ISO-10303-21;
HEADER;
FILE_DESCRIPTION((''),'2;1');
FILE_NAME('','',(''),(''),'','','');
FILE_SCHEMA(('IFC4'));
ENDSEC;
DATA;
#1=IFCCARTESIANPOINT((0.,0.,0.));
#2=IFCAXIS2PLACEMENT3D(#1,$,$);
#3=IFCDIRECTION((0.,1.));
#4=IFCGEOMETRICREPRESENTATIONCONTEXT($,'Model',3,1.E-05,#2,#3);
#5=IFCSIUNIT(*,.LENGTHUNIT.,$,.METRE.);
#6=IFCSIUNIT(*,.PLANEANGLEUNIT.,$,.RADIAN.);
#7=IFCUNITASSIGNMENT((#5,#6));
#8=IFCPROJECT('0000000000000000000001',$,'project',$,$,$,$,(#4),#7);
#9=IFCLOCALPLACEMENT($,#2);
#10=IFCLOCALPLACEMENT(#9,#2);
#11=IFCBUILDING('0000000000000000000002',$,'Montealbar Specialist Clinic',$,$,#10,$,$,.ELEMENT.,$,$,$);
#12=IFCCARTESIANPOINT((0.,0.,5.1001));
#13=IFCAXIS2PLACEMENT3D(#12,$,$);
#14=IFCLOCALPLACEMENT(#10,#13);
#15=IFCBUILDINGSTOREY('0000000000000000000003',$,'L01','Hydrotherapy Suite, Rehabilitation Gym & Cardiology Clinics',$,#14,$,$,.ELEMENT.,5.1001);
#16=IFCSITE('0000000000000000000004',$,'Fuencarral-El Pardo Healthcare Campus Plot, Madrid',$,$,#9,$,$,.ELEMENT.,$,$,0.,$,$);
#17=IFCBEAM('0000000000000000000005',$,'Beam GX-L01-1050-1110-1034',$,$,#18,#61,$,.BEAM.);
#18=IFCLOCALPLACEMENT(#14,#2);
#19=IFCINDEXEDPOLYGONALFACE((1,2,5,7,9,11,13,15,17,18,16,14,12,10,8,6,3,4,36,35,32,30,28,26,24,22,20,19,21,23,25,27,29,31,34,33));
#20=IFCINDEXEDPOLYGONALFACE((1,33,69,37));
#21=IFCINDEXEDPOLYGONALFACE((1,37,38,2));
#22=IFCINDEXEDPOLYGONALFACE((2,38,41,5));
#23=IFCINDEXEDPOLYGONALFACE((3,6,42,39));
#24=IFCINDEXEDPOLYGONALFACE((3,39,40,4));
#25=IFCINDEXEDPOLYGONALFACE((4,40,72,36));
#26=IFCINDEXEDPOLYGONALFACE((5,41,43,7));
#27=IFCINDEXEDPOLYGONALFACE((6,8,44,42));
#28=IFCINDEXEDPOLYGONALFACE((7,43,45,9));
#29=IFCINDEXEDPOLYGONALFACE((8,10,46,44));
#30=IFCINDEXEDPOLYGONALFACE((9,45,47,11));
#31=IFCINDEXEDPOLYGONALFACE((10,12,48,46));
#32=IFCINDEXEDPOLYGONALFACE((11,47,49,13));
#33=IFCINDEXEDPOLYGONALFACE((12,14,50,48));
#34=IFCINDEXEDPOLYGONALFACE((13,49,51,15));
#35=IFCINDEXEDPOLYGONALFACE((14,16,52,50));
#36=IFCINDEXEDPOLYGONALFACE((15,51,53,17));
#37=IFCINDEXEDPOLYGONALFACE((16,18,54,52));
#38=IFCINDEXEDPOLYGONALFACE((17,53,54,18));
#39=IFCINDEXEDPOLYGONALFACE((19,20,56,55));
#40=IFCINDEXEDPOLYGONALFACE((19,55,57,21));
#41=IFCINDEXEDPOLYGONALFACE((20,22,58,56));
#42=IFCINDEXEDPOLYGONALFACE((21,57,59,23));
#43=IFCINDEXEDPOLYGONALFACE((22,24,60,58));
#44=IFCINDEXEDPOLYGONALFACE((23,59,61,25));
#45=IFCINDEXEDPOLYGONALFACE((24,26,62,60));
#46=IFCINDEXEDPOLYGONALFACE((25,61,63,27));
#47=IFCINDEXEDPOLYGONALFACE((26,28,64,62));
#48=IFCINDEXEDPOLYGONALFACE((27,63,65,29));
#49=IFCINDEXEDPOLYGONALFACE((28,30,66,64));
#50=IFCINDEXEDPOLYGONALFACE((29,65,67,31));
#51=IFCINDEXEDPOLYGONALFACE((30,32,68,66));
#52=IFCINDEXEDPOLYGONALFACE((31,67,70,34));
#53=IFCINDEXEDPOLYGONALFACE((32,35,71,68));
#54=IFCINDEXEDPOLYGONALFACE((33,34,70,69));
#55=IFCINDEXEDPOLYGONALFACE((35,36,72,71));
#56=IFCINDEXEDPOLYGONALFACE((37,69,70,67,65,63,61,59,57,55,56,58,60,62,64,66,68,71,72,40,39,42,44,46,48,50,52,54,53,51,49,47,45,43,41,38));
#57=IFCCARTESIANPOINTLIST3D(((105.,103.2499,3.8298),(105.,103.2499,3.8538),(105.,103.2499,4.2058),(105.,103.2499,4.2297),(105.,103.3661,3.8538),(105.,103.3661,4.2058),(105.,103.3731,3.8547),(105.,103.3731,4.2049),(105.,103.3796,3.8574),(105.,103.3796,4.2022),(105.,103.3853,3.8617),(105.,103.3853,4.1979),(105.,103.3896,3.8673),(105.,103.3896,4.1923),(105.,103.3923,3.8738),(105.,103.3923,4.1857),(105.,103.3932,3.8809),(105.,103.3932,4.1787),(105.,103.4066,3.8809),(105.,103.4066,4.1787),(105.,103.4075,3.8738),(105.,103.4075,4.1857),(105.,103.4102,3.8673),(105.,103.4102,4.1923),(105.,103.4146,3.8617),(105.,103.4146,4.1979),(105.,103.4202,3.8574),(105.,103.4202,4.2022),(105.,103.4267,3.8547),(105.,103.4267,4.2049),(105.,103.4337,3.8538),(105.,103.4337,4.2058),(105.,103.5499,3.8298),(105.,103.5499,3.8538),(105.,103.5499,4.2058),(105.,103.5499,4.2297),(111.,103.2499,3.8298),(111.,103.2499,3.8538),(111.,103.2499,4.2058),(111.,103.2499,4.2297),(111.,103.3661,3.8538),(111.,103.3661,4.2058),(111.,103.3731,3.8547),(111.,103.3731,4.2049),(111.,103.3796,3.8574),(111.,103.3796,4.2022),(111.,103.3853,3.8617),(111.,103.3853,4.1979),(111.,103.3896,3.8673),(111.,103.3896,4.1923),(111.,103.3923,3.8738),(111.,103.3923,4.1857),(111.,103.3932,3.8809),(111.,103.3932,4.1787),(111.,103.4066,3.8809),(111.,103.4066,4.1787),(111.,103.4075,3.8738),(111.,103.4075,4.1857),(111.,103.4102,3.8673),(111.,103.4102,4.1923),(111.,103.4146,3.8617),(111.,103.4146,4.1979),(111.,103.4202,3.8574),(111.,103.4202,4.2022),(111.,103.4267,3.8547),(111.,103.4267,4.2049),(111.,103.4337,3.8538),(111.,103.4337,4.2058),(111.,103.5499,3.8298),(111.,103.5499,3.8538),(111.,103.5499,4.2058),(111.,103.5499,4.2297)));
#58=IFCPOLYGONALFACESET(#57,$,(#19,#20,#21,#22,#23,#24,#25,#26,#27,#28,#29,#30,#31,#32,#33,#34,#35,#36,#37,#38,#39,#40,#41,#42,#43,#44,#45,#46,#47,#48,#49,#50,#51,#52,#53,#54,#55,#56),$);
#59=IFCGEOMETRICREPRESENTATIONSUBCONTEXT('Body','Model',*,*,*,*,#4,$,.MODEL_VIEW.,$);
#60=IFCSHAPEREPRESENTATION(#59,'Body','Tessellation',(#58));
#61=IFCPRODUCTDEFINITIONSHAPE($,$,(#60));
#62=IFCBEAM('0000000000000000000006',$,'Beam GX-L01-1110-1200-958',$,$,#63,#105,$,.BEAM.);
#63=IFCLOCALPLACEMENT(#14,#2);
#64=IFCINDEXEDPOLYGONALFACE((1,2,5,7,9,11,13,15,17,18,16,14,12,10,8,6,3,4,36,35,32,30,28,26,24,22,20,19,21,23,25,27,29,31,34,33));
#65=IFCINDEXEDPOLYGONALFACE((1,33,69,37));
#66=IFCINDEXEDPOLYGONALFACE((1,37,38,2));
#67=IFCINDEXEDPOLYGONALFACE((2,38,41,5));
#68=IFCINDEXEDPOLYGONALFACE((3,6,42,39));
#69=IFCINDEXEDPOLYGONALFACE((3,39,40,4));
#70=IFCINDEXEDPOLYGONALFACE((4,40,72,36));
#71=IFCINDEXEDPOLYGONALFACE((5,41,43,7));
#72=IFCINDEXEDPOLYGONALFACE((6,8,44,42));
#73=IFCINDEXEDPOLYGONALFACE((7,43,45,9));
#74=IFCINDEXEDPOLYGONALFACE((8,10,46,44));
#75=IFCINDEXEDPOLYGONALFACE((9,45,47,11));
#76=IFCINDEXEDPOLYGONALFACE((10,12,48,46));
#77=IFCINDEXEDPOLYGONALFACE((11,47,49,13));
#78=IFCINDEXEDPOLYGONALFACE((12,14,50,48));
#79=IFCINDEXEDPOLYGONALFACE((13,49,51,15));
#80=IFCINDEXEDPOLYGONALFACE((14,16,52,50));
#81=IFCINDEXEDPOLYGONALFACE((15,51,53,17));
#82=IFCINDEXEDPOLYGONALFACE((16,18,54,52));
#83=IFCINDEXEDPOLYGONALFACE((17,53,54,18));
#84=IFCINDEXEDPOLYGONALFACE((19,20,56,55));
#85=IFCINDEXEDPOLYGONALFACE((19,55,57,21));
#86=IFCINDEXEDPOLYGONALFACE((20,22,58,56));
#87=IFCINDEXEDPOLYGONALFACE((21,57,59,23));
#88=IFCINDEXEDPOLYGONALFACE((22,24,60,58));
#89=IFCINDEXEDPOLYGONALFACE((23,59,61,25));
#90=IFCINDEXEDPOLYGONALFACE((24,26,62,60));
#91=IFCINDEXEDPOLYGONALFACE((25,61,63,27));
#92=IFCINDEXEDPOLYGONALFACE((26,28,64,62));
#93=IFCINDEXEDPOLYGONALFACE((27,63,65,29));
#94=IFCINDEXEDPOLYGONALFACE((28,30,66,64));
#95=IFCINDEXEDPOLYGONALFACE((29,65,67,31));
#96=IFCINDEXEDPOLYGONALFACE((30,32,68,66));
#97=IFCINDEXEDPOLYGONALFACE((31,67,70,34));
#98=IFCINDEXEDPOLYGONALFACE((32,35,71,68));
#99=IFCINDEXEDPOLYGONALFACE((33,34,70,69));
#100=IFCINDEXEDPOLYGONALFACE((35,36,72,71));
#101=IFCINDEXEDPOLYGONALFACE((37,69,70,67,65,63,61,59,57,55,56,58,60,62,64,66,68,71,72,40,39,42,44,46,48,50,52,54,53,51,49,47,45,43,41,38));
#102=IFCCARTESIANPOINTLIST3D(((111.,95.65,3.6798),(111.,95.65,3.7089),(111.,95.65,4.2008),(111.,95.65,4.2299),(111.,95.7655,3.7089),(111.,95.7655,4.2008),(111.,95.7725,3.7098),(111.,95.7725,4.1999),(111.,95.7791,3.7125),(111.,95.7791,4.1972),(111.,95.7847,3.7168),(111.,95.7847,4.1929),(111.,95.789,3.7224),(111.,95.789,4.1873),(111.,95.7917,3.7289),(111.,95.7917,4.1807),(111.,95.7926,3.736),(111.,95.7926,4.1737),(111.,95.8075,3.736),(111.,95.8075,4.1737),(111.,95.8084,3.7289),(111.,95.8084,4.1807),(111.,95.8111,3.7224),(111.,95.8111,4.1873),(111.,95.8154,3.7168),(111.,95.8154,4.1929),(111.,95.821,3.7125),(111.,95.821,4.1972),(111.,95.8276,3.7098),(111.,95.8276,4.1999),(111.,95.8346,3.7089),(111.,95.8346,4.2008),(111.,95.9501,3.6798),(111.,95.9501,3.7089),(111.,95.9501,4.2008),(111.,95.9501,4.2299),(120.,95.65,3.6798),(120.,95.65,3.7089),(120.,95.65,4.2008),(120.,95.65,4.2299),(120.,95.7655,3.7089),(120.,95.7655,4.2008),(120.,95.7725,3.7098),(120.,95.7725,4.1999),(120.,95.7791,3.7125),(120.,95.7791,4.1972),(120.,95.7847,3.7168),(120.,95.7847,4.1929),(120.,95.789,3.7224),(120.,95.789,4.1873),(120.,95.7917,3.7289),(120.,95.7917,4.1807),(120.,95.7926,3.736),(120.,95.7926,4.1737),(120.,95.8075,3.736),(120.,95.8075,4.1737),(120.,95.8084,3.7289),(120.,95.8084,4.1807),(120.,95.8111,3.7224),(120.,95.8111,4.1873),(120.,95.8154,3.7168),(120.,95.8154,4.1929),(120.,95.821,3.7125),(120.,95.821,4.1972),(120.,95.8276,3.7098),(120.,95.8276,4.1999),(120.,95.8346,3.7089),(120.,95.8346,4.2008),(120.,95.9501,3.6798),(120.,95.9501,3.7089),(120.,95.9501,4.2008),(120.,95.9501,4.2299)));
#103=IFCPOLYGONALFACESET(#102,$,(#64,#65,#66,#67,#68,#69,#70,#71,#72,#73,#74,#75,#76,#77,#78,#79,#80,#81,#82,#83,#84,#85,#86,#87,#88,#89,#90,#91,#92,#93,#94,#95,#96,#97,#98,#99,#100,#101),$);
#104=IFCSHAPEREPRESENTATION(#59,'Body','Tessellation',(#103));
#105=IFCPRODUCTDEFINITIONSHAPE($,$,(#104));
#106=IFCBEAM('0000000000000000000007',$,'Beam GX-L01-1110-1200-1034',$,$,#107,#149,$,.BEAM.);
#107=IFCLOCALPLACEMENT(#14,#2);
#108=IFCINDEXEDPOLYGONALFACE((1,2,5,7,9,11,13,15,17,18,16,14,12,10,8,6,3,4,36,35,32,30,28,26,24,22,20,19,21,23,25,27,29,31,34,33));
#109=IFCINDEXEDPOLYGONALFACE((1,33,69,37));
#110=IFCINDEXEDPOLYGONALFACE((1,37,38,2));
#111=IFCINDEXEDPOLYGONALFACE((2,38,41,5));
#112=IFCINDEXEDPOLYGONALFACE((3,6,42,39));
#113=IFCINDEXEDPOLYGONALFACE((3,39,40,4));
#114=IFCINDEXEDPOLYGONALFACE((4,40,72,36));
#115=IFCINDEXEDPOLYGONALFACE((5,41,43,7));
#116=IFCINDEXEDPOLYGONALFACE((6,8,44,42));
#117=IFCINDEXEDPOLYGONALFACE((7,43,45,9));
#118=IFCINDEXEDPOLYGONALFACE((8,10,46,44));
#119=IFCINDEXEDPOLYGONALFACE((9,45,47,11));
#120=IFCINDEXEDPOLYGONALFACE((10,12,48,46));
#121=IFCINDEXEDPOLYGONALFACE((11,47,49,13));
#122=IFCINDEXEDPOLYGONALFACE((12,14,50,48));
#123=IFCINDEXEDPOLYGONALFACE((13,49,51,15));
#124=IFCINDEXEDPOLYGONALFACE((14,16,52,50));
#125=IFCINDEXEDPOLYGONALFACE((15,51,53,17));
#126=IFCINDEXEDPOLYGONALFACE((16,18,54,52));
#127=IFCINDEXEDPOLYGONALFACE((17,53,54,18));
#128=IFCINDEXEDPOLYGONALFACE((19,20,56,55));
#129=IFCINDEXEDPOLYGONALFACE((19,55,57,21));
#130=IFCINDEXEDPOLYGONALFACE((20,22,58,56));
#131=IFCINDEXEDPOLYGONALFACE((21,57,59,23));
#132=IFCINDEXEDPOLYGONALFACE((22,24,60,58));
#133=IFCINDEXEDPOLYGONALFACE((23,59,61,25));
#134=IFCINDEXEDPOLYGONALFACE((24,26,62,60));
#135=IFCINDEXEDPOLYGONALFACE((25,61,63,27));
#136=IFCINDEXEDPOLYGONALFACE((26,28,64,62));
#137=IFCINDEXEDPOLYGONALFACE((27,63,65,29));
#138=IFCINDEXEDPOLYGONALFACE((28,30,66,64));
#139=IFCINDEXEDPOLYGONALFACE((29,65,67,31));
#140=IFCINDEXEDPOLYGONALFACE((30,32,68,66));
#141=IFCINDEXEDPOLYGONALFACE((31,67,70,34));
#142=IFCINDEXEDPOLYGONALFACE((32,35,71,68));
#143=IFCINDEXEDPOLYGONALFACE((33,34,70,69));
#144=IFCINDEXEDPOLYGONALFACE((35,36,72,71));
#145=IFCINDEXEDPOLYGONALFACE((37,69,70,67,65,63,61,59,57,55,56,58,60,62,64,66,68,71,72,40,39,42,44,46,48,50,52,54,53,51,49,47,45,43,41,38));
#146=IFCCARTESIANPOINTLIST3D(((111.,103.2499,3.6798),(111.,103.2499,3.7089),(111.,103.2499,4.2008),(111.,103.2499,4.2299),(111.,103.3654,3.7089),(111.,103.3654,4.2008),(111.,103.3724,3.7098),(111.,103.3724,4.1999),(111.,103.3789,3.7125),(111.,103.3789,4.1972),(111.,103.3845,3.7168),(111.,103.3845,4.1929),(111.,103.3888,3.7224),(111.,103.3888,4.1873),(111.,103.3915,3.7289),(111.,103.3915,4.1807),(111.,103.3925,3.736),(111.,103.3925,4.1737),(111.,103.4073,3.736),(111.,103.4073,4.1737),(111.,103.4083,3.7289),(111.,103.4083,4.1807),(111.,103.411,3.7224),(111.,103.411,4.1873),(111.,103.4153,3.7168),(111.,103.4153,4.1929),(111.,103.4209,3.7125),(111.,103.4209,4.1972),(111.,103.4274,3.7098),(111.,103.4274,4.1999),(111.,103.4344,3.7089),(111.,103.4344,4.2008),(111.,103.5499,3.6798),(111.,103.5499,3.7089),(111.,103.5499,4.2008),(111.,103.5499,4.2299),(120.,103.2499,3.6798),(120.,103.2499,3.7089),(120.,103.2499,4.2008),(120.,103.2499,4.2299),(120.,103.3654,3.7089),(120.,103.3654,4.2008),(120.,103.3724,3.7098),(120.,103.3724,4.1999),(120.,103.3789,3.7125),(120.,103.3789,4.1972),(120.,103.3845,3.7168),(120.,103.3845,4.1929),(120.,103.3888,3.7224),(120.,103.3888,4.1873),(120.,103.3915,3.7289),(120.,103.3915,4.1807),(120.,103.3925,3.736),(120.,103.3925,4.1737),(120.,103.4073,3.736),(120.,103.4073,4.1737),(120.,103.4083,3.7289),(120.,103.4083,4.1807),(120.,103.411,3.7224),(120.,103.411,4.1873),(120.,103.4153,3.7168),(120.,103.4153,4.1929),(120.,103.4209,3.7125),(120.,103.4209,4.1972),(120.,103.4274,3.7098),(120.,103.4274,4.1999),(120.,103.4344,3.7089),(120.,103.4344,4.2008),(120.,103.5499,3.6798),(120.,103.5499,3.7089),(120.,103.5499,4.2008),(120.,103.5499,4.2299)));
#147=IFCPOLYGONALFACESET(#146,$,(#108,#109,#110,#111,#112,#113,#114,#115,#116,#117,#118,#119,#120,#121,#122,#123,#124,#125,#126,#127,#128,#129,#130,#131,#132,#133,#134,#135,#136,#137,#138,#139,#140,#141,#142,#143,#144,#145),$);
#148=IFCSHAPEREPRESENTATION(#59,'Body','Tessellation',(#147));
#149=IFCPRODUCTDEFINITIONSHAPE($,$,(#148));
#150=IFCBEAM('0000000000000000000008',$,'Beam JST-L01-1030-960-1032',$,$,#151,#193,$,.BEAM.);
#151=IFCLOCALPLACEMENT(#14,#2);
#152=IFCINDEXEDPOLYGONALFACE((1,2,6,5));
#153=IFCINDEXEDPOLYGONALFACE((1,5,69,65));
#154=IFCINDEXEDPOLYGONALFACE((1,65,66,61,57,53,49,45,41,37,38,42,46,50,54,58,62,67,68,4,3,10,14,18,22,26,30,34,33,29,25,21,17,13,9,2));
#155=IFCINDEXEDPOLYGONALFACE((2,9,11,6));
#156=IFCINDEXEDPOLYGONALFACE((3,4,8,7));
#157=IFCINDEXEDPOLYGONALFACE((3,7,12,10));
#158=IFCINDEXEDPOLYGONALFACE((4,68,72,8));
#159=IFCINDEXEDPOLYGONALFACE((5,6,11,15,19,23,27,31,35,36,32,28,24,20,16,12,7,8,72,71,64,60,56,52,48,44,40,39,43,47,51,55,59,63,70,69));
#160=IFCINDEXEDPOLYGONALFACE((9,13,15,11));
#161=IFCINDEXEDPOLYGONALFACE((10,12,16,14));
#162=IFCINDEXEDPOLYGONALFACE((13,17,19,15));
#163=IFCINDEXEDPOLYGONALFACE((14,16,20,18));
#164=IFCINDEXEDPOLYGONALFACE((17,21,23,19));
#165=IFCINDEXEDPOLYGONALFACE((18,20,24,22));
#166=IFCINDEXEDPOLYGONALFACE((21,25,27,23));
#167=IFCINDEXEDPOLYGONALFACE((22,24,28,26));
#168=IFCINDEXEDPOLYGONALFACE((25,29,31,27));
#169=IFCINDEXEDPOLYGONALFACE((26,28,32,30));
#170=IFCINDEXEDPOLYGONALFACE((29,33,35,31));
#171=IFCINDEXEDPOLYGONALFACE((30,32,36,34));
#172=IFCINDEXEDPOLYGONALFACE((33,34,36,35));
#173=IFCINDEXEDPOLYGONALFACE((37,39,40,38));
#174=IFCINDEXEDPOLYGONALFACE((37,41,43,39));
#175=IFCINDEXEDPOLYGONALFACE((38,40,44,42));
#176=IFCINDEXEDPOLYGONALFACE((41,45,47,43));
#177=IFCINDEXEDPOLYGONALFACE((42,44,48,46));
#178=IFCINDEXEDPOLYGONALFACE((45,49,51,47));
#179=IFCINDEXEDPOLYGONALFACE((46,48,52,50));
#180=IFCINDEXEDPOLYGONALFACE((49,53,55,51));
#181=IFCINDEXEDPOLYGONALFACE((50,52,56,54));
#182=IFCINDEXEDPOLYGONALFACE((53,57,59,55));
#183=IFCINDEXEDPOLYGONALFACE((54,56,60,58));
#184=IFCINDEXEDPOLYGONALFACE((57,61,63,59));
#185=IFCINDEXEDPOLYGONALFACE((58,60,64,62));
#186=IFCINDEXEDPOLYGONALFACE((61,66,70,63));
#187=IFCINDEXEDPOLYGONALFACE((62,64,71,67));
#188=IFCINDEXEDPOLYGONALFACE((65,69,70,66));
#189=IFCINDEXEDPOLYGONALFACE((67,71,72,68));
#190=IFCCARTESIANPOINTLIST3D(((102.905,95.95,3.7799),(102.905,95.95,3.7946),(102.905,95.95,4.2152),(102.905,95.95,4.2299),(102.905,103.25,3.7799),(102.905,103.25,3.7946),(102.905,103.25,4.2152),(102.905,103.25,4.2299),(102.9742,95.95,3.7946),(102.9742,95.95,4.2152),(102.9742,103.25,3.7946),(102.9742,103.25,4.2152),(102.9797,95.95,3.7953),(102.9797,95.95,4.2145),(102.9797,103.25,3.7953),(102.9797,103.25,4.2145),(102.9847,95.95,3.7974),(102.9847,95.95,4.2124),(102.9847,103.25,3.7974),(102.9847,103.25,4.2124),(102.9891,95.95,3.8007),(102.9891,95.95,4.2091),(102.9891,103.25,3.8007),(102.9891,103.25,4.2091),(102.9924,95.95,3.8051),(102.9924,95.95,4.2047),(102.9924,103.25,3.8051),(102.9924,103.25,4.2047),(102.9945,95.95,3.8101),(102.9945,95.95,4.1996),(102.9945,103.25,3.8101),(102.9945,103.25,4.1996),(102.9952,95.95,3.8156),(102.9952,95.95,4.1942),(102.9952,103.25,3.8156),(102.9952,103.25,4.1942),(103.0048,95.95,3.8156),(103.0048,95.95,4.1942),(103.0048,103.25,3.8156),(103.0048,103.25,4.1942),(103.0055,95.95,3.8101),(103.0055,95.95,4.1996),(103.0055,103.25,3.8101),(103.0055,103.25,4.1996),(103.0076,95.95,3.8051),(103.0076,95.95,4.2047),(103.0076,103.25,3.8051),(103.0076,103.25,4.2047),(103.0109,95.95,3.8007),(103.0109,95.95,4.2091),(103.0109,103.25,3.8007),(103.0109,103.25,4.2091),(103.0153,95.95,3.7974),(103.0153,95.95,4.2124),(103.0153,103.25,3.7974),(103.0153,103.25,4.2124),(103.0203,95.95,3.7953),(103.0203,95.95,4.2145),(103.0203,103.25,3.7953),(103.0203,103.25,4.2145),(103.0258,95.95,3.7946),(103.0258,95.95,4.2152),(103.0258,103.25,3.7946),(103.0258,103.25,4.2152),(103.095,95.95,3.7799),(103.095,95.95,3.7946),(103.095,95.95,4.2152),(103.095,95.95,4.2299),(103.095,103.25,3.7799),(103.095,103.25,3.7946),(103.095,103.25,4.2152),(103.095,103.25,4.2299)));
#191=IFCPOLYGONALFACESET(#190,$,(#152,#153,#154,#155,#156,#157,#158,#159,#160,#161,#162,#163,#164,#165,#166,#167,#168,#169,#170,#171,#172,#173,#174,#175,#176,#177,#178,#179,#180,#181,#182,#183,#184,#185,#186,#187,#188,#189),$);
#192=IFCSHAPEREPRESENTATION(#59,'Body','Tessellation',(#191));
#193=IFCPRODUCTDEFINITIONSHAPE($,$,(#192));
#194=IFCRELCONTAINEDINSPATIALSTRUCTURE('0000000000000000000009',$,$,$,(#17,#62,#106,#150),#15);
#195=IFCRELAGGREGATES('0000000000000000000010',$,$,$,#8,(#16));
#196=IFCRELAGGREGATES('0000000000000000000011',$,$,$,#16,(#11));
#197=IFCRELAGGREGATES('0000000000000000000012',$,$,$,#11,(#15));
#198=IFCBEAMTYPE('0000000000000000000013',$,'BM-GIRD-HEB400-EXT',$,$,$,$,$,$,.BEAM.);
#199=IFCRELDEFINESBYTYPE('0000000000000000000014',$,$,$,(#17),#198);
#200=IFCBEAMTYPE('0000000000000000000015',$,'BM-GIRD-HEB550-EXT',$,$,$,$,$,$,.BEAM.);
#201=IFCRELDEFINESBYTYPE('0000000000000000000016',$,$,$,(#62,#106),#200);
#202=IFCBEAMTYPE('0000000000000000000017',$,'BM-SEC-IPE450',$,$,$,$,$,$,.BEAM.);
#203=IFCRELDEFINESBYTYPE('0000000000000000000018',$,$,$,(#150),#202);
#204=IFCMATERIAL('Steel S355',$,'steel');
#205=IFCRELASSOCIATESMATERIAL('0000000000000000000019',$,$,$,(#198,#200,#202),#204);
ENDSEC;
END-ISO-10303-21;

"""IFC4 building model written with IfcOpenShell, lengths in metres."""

from ifc_helpers import new_model, si_unit, direction, frame, origin, origin_2d, place, context, subcontext, project, spatial, i_section, extrude, material, material_profile, profile_set, type_object, element, save


model = new_model("IFC4")

# Units and contexts
model_context = context("Model", 3, precision=1e-05, world=origin(), true_north=direction((0.0, 1.0)))
body_context = subcontext(model_context, "Body", "Model", "MODEL_VIEW")
ifc_project = project(units=[si_unit("LENGTHUNIT", "METRE"), si_unit("PLANEANGLEUNIT", "RADIAN")], contexts=[model_context])

# Site, building, storey
site_placement = place(None, origin())
site = spatial("IfcSite", under=ifc_project, at=site_placement, Name="Fuencarral-El Pardo Healthcare Campus Plot, Madrid", CompositionType="ELEMENT", RefElevation=0.0)
building_placement = place(site_placement, origin())
building = spatial("IfcBuilding", under=site, at=building_placement, Name="Montealbar Specialist Clinic", CompositionType="ELEMENT")
storey_placement = place(building_placement, frame((0.0, 0.0, 5.1001)))
storey = spatial("IfcBuildingStorey", under=building, at=storey_placement, Name="L01", Description="Hydrotherapy Suite, Rehabilitation Gym & Cardiology Clinics", CompositionType="ELEMENT", Elevation=5.1001)

# Shared definitions
ifc_material_1 = material(Name="Steel S355", Category="steel")

# Beams
ifc_material_profile_1 = material_profile(ifc_material_1, i_section(OverallWidth=0.3, OverallDepth=0.3999, WebThickness=0.0134, FlangeThickness=0.0239, FilletRadius=0.0271, at=origin_2d()), Name="HEB 400", Category="steel")
ifc_profile_set_1 = profile_set([ifc_material_profile_1], Name="Steel S355")
beam_type_1 = type_object("IfcBeamType", Name="BM-GIRD-HEB400-EXT", PredefinedType="BEAM", material=ifc_profile_set_1)
for number, where, z_axis, x_axis, name in (
    (1, (105.0, 103.3999, 4.0298), (1.0, 0.0, 0.0), (0.0, 1.0, 0.0), "Beam GX-L01-1050-1110-1034"),
):
    element("IfcBeam", number, at=place(storey_placement, frame(where, z_axis=z_axis, x_axis=x_axis)), inside=storey, type_object=beam_type_1, Name=name, PredefinedType="BEAM", context=body_context, shape_type="SweptSolid", body=[
        extrude(i_section(OverallWidth=0.3, OverallDepth=0.3999, WebThickness=0.0134, FlangeThickness=0.0239, FilletRadius=0.0271, at=origin_2d()), origin(), (0.0, 0.0, 1.0), 6.0),
    ])
ifc_material_profile_2 = material_profile(ifc_material_1, i_section(OverallWidth=0.3, OverallDepth=0.55, WebThickness=0.0149, FlangeThickness=0.0291, FilletRadius=0.0271, at=origin_2d()), Name="HEB 550", Category="steel")
ifc_profile_set_2 = profile_set([ifc_material_profile_2], Name="Steel S355")
beam_type_2 = type_object("IfcBeamType", Name="BM-GIRD-HEB550-EXT", PredefinedType="BEAM", material=ifc_profile_set_2)
for number, where, z_axis, x_axis, name in (
    (2, (111.0, 95.8, 3.9548), (1.0, 0.0, 0.0), (0.0, 1.0, 0.0), "Beam GX-L01-1110-1200-958"),
    (3, (111.0, 103.3999, 3.9548), (1.0, 0.0, 0.0), (0.0, 1.0, 0.0), "Beam GX-L01-1110-1200-1034"),
):
    element("IfcBeam", number, at=place(storey_placement, frame(where, z_axis=z_axis, x_axis=x_axis)), inside=storey, type_object=beam_type_2, Name=name, PredefinedType="BEAM", context=body_context, shape_type="SweptSolid", body=[
        extrude(i_section(OverallWidth=0.3, OverallDepth=0.55, WebThickness=0.0149, FlangeThickness=0.0291, FilletRadius=0.0271, at=origin_2d()), origin(), (0.0, 0.0, 1.0), 9.0),
    ])
ifc_material_profile_3 = material_profile(ifc_material_1, i_section(OverallWidth=0.1899, OverallDepth=0.45, WebThickness=0.0095, FlangeThickness=0.0146, FilletRadius=0.021, at=origin_2d()), Name="IPE 450", Category="steel")
ifc_profile_set_3 = profile_set([ifc_material_profile_3], Name="Steel S355")
beam_type_3 = type_object("IfcBeamType", Name="BM-SEC-IPE450", PredefinedType="BEAM", material=ifc_profile_set_3)
beam_1_placement = place(storey_placement, frame((103.0, 95.95, 4.0049), z_axis=(0.0, 1.0, 0.0), x_axis=(-1.0, 0.0, 0.0)))
element("IfcBeam", 4, at=beam_1_placement, inside=storey, type_object=beam_type_3, Name="Beam JST-L01-1030-960-1032", PredefinedType="BEAM", context=body_context, shape_type="SweptSolid", body=[
    extrude(i_section(OverallWidth=0.1899, OverallDepth=0.45, WebThickness=0.0095, FlangeThickness=0.0146, FilletRadius=0.021, at=origin_2d()), origin(), (0.0, 0.0, 1.0), 7.3),
])

save(model, "model.ifc")
